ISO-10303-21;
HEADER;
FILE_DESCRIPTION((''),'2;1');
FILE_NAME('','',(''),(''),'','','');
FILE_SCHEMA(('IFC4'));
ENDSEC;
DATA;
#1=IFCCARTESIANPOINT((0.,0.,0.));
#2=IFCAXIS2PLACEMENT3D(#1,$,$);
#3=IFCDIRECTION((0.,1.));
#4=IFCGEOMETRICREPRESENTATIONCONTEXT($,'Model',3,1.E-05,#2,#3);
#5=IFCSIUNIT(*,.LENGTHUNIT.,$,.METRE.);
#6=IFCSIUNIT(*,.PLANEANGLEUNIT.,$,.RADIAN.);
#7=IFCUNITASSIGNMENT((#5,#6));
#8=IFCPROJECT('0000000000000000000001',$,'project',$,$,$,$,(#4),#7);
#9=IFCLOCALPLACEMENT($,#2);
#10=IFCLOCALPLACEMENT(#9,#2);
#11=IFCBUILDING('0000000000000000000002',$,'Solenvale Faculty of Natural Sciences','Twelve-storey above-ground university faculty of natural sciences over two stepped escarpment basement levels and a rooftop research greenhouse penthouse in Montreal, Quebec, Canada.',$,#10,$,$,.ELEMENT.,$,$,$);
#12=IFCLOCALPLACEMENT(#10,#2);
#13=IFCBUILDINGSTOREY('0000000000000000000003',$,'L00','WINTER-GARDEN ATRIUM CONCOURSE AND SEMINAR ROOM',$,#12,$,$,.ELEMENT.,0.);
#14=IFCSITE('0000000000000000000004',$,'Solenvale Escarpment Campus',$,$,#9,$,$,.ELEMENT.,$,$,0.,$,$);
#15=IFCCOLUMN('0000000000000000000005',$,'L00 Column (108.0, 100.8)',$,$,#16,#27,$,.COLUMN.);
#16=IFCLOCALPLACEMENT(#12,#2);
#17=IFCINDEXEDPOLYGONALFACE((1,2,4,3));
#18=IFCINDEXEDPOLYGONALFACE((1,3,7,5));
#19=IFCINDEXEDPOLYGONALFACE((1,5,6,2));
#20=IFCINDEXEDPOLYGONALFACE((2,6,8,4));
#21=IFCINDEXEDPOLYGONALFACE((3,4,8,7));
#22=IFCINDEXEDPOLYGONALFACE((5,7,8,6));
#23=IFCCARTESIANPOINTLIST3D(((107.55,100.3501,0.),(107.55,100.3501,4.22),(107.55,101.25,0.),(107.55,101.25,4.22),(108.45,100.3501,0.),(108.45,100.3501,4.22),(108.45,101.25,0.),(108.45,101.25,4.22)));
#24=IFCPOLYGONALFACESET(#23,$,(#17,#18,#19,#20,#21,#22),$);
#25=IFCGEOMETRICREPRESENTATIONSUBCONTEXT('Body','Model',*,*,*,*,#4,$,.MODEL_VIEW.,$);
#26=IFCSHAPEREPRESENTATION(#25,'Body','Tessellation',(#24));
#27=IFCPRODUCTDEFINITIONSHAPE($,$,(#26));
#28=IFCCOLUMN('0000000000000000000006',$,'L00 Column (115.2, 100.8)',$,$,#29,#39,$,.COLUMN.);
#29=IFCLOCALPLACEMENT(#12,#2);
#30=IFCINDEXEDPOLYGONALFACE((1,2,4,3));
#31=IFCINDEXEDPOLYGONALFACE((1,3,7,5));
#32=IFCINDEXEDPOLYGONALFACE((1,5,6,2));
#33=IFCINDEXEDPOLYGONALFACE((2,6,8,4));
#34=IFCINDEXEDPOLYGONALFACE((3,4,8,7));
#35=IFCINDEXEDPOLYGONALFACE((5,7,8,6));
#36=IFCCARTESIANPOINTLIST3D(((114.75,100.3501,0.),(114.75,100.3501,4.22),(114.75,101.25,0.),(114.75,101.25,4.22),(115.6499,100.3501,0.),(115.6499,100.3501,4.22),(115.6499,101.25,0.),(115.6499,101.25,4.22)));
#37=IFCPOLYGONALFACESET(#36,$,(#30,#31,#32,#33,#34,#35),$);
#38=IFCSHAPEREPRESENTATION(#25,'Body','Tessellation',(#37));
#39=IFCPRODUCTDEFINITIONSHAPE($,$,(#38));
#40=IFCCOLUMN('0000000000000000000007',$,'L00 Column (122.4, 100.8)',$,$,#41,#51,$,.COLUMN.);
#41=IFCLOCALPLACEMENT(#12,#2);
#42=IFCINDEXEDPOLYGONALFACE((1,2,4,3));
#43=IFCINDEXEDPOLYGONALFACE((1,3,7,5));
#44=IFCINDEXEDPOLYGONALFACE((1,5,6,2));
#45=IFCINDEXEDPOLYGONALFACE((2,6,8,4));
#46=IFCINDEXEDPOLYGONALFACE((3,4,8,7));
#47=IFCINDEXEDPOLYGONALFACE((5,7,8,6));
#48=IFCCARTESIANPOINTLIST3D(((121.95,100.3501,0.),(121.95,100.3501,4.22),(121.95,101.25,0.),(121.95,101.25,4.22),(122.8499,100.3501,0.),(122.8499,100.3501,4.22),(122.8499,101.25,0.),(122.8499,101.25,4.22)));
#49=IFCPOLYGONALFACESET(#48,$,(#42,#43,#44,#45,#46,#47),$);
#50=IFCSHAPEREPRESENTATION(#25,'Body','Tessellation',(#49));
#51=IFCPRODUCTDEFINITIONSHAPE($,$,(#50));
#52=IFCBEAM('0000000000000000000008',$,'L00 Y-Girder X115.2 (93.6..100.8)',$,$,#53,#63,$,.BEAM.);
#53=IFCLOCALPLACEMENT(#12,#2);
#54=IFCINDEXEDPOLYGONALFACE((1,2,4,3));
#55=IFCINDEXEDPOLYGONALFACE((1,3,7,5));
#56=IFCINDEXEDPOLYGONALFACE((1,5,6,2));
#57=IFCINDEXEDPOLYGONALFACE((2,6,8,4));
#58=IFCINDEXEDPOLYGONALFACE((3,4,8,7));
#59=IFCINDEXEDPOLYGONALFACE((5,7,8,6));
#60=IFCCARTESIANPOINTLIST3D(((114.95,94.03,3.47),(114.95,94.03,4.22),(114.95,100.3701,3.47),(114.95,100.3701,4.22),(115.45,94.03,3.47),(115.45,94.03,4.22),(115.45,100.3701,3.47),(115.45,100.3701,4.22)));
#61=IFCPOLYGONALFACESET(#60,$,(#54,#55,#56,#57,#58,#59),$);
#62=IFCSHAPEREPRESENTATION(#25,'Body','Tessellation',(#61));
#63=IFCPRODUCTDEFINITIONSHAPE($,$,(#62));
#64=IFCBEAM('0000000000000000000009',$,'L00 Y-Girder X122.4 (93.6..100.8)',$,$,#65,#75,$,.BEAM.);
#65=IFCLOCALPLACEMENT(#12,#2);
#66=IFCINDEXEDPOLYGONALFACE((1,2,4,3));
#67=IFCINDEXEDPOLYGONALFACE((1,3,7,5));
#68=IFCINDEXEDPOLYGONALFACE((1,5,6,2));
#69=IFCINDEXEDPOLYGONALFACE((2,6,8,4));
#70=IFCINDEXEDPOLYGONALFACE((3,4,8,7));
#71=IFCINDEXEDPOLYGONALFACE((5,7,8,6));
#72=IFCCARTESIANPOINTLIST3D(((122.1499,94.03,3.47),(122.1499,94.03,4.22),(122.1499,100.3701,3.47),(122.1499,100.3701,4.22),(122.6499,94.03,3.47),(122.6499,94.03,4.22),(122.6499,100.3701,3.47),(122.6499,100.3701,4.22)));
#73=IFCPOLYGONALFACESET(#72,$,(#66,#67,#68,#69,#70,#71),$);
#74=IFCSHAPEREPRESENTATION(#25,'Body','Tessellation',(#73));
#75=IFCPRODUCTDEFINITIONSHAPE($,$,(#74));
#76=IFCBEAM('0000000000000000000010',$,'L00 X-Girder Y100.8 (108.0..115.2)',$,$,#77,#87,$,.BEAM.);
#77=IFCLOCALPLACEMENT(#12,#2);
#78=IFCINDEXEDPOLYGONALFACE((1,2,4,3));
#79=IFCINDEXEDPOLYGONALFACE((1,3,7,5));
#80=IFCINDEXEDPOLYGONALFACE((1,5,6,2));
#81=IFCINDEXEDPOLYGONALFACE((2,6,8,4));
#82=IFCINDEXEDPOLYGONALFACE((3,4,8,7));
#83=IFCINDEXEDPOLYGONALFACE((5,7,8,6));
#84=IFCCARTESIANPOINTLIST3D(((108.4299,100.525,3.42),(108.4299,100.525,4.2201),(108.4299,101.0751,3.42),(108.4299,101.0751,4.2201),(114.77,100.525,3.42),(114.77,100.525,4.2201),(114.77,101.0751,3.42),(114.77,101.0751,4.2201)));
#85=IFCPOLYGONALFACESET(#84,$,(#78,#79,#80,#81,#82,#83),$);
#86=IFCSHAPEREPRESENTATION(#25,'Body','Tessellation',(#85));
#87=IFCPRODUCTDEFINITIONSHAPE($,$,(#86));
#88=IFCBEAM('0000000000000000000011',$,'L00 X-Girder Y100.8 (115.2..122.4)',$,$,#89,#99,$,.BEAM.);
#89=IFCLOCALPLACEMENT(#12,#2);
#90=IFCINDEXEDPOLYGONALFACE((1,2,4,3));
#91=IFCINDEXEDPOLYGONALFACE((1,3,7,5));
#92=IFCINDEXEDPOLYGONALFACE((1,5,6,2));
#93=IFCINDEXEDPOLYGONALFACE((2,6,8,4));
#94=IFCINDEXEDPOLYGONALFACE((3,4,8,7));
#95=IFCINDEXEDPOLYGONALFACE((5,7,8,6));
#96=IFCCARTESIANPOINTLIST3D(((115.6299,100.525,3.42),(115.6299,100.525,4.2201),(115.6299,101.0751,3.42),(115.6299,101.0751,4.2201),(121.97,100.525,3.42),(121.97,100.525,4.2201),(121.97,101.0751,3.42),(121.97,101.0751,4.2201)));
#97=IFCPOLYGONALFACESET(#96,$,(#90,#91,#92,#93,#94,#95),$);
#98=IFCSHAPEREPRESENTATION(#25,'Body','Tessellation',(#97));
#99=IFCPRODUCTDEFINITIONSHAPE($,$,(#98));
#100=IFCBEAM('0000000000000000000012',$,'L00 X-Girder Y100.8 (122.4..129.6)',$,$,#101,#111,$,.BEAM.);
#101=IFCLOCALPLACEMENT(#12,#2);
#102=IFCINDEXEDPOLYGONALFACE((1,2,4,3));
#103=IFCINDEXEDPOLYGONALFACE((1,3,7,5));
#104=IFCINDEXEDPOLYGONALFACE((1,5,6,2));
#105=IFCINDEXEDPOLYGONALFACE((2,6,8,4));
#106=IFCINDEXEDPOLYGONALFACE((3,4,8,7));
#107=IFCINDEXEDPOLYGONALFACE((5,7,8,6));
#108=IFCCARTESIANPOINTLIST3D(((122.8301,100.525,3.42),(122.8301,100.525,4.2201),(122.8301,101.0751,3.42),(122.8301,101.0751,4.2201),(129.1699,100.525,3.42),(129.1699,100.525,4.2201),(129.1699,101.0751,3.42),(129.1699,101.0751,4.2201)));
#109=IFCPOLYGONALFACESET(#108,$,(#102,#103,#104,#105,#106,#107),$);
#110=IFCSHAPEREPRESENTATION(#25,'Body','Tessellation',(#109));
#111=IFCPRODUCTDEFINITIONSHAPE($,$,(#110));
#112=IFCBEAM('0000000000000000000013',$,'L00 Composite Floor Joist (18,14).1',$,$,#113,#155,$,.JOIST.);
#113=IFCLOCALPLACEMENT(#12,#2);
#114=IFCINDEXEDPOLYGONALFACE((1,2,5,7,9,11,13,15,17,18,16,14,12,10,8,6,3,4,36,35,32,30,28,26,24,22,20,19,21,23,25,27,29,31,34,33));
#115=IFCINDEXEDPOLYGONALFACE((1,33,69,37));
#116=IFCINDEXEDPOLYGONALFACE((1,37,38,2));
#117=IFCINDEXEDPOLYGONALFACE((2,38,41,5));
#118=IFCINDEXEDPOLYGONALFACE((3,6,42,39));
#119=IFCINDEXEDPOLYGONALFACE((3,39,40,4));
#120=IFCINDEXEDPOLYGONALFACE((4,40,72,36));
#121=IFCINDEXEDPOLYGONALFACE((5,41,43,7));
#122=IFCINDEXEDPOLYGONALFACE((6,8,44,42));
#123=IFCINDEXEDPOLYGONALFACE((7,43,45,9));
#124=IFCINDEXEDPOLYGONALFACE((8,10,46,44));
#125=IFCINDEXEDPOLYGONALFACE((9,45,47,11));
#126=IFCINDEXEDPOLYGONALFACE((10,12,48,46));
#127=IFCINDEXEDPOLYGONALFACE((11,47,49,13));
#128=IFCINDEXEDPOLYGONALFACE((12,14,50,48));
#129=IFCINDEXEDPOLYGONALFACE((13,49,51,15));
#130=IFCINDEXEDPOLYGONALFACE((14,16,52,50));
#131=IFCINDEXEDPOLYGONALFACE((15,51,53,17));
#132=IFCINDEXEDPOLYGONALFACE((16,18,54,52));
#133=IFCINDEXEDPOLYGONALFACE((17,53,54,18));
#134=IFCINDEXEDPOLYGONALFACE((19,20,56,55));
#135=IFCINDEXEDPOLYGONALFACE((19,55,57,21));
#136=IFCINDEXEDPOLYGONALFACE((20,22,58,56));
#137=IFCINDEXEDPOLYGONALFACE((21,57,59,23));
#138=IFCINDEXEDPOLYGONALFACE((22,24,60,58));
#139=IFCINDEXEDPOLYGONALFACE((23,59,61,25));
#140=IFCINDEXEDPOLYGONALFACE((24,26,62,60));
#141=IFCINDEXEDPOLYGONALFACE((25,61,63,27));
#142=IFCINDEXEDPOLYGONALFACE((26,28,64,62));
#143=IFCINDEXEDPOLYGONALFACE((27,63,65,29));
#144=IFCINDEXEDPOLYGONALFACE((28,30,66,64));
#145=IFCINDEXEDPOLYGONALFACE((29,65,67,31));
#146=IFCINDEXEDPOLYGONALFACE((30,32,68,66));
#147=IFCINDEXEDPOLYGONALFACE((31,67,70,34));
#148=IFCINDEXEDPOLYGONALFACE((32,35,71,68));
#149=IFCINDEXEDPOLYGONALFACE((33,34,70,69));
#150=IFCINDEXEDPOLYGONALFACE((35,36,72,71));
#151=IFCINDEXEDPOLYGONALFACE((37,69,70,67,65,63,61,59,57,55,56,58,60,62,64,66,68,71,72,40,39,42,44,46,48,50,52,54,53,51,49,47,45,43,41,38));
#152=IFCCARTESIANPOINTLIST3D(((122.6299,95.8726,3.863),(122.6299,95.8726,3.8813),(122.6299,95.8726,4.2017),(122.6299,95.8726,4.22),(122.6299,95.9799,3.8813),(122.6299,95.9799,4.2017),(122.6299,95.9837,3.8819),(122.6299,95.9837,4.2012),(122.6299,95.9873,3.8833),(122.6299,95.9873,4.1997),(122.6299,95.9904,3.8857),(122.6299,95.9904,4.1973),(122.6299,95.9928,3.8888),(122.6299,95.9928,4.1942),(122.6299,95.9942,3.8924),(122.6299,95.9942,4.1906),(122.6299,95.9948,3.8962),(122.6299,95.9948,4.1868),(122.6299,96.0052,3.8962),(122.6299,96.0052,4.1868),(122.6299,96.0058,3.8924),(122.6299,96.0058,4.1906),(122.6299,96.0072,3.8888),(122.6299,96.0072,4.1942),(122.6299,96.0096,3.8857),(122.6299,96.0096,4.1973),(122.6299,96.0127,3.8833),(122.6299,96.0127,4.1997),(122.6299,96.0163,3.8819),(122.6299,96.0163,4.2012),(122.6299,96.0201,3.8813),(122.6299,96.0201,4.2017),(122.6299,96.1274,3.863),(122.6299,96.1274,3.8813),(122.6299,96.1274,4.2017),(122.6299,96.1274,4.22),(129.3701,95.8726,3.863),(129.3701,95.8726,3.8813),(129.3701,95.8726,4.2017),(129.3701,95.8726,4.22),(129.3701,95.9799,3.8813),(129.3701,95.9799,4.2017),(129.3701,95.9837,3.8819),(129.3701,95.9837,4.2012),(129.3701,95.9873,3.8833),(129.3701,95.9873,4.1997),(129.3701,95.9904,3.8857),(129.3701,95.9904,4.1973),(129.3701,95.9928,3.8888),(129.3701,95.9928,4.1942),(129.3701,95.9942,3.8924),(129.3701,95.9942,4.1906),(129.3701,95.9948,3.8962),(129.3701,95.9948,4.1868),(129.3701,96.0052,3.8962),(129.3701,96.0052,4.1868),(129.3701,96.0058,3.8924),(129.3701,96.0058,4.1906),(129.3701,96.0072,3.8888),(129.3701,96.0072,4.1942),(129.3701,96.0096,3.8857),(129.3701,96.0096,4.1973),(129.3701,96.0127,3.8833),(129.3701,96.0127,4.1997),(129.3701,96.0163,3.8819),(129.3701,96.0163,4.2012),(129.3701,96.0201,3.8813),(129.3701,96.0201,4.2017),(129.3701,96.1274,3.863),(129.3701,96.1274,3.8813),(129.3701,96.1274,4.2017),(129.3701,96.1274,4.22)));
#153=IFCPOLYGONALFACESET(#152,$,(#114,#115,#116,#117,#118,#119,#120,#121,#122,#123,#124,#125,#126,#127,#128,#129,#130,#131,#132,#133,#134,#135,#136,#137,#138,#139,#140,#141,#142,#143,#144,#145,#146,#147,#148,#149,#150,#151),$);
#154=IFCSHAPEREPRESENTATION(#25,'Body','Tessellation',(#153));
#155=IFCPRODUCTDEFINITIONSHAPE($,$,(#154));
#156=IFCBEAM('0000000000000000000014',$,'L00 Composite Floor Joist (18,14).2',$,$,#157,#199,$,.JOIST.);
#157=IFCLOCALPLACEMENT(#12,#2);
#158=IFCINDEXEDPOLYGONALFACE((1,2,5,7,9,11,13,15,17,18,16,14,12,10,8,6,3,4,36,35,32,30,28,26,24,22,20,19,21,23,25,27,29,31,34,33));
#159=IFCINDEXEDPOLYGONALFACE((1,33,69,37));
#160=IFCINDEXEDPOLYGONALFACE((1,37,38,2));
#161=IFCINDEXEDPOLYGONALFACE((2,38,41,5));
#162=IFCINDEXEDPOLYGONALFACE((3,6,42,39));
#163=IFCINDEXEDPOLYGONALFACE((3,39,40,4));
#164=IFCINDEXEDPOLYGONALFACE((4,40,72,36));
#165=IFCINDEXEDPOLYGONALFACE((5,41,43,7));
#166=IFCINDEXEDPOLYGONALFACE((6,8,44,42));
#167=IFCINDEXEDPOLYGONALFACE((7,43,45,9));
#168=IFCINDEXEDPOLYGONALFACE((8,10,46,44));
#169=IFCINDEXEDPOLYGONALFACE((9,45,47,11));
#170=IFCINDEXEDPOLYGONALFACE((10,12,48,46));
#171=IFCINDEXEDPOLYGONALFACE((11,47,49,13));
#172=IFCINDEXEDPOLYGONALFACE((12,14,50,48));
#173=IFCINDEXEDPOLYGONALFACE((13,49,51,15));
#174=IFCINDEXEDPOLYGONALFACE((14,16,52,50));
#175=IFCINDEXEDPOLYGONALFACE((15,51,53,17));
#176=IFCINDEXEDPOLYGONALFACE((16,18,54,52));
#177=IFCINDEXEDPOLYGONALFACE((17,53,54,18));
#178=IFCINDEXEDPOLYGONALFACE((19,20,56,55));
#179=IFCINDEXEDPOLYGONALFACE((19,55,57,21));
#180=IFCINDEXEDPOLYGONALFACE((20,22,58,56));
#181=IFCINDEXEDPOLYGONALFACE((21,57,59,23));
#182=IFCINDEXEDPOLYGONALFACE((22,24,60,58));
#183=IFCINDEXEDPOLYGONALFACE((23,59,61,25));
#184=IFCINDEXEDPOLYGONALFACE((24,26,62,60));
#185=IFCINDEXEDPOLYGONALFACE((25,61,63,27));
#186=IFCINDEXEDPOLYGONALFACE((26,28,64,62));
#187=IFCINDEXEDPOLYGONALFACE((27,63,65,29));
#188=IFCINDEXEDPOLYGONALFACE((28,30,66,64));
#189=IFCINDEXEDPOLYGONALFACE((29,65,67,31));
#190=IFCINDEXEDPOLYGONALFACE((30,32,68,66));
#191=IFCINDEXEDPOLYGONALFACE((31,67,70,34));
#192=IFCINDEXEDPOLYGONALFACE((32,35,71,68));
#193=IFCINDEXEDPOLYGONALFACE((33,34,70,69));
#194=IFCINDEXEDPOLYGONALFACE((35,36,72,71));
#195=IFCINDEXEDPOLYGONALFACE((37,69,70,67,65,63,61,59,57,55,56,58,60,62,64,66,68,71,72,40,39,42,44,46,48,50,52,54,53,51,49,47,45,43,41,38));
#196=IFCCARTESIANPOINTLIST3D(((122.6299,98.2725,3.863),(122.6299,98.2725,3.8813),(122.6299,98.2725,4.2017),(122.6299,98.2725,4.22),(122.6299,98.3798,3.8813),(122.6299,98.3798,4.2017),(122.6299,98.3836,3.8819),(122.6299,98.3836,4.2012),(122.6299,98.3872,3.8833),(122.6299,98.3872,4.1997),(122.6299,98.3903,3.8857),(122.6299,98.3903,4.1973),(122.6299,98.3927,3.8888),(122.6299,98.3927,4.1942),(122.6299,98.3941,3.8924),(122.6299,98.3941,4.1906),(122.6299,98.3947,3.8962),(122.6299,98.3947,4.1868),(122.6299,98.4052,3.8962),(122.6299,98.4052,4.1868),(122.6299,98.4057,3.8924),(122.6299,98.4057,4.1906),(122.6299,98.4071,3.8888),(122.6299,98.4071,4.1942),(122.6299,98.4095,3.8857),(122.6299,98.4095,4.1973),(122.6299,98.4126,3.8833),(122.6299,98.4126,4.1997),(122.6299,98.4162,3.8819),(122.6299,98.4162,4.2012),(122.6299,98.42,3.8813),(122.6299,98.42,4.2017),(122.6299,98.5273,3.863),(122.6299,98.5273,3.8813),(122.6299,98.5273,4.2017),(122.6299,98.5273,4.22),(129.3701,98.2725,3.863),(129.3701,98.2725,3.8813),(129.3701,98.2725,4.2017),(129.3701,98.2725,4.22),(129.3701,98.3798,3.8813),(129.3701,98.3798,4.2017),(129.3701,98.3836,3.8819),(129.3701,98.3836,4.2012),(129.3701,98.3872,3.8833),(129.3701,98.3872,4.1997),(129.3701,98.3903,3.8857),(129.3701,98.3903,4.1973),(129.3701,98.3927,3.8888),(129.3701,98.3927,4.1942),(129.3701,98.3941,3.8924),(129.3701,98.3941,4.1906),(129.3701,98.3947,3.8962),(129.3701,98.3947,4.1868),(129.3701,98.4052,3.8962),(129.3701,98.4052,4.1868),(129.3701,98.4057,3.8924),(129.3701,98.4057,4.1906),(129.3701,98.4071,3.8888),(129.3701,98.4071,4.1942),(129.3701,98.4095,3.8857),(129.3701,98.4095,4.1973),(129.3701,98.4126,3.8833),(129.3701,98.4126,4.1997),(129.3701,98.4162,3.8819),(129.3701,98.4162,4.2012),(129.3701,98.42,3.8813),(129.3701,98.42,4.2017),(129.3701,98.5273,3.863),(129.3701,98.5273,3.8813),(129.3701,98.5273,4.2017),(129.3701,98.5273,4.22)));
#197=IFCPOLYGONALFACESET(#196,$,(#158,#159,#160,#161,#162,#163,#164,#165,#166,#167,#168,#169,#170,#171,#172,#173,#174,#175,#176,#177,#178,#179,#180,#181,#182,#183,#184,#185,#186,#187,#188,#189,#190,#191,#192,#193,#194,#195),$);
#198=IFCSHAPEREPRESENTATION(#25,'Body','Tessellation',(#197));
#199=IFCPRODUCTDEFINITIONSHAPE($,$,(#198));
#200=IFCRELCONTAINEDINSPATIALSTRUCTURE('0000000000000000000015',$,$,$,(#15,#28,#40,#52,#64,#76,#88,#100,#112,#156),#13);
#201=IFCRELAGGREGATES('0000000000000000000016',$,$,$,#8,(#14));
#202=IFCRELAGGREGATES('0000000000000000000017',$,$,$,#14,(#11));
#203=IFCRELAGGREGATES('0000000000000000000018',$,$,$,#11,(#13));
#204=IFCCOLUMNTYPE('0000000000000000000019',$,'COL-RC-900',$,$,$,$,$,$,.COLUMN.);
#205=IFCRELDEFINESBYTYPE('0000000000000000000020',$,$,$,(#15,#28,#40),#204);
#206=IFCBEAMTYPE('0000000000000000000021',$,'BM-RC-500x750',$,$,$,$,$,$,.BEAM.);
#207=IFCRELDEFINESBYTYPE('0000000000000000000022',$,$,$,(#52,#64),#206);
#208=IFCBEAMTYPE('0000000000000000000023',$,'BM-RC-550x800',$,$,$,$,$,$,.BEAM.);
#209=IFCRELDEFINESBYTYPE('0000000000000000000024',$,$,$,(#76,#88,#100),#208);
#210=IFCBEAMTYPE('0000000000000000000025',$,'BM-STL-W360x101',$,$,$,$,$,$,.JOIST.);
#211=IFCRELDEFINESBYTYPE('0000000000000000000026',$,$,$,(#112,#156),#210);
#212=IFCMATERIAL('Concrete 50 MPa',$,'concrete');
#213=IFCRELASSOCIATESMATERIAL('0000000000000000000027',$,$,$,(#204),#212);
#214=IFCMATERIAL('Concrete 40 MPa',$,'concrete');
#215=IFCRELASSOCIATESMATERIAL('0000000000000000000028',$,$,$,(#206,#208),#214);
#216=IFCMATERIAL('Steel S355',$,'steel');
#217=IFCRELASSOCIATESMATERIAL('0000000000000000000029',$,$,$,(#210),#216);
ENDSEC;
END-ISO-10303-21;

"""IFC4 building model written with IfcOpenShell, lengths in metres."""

from ifc_helpers import new_model, si_unit, direction, frame, origin, origin_2d, place, context, subcontext, project, spatial, rectangle, i_section, extrude, material, material_profile, profile_set, type_object, element, save


model = new_model("IFC4")

# Units and contexts
model_context = context("Model", 3, precision=1e-05, world=origin(), true_north=direction((0.0, 1.0)))
body_context = subcontext(model_context, "Body", "Model", "MODEL_VIEW")
ifc_project = project(units=[si_unit("LENGTHUNIT", "METRE"), si_unit("PLANEANGLEUNIT", "RADIAN")], contexts=[model_context])

# Site, building, storey
site_placement = place(None, origin())
site = spatial("IfcSite", under=ifc_project, at=site_placement, Name="Solenvale Escarpment Campus", CompositionType="ELEMENT", RefElevation=0.0)
building_placement = place(site_placement, origin())
building = spatial("IfcBuilding", under=site, at=building_placement, Name="Solenvale Faculty of Natural Sciences", Description="Twelve-storey above-ground university faculty of natural sciences over two stepped escarpment basement levels and a rooftop research greenhouse penthouse in Montreal, Quebec, Canada.", CompositionType="ELEMENT")
storey_placement = place(building_placement, origin())
storey = spatial("IfcBuildingStorey", under=building, at=storey_placement, Name="L00", Description="WINTER-GARDEN ATRIUM CONCOURSE AND SEMINAR ROOM", CompositionType="ELEMENT", Elevation=0.0)

# Columns
ifc_material_1 = material(Name="Concrete 50 MPa", Category="concrete")
ifc_material_profile_1 = material_profile(ifc_material_1, rectangle(XDim=0.8999, YDim=0.8999, at=origin_2d()), Name="RC-COL-900x900")
ifc_profile_set_1 = profile_set([ifc_material_profile_1], Name="Concrete 50 MPa")
column_type = type_object("IfcColumnType", Name="COL-RC-900", PredefinedType="COLUMN", material=ifc_profile_set_1)
for number, where, z_axis, x_axis, name in (
    (1, (108.0, 100.8, 0.0), (0.0, 0.0, 1.0), (1.0, 0.0, 0.0), "L00 Column (108.0, 100.8)"),
    (2, (115.2, 100.8, 0.0), (0.0, 0.0, 1.0), (1.0, 0.0, 0.0), "L00 Column (115.2, 100.8)"),
    (3, (122.3999, 100.8, 0.0), (0.0, 0.0, 1.0), (1.0, 0.0, 0.0), "L00 Column (122.4, 100.8)"),
):
    element("IfcColumn", number, at=place(storey_placement, frame(where, z_axis=z_axis, x_axis=x_axis)), inside=storey, type_object=column_type, Name=name, PredefinedType="COLUMN", context=body_context, shape_type="SweptSolid", body=[
        extrude(rectangle(XDim=0.8999, YDim=0.8999, at=origin_2d()), origin(), (0.0, 0.0, 1.0), 4.22),
    ])

# Beams
ifc_material_2 = material(Name="Concrete 40 MPa", Category="concrete")
ifc_material_profile_2 = material_profile(ifc_material_2, rectangle(XDim=0.5, YDim=0.75, at=origin_2d()), Name="RC-BM-500x750")
ifc_profile_set_2 = profile_set([ifc_material_profile_2], Name="Concrete 40 MPa")
beam_type_1 = type_object("IfcBeamType", Name="BM-RC-500x750", PredefinedType="BEAM", material=ifc_profile_set_2)
for number, where, z_axis, x_axis, name in (
    (4, (115.2, 94.03, 3.845), (0.0, 1.0, 0.0), (-1.0, 0.0, 0.0), "L00 Y-Girder X115.2 (93.6..100.8)"),
    (5, (122.3999, 94.03, 3.845), (0.0, 1.0, 0.0), (-1.0, 0.0, 0.0), "L00 Y-Girder X122.4 (93.6..100.8)"),
):
    element("IfcBeam", number, at=place(storey_placement, frame(where, z_axis=z_axis, x_axis=x_axis)), inside=storey, type_object=beam_type_1, Name=name, PredefinedType="BEAM", context=body_context, shape_type="SweptSolid", body=[
        extrude(rectangle(XDim=0.5, YDim=0.75, at=origin_2d()), origin(), (0.0, 0.0, 1.0), 6.3401),
    ])
ifc_material_profile_3 = material_profile(ifc_material_2, rectangle(XDim=0.55, YDim=0.8, at=origin_2d()), Name="RC-BM-550x800")
ifc_profile_set_3 = profile_set([ifc_material_profile_3], Name="Concrete 40 MPa")
beam_type_2 = type_object("IfcBeamType", Name="BM-RC-550x800", PredefinedType="BEAM", material=ifc_profile_set_3)
for number, where, z_axis, x_axis, name in (
    (6, (108.4299, 100.8, 3.8201), (1.0, 0.0, 0.0), (0.0, 1.0, 0.0), "L00 X-Girder Y100.8 (108.0..115.2)"),
    (7, (115.6299, 100.8, 3.8201), (1.0, 0.0, 0.0), (0.0, 1.0, 0.0), "L00 X-Girder Y100.8 (115.2..122.4)"),
):
    element("IfcBeam", number, at=place(storey_placement, frame(where, z_axis=z_axis, x_axis=x_axis)), inside=storey, type_object=beam_type_2, Name=name, PredefinedType="BEAM", context=body_context, shape_type="SweptSolid", body=[
        extrude(rectangle(XDim=0.55, YDim=0.8, at=origin_2d()), origin(), (0.0, 0.0, 1.0), 6.3401),
    ])
beam_placement = place(storey_placement, frame((122.8301, 100.8, 3.8201), z_axis=(1.0, 0.0, 0.0), x_axis=(0.0, 1.0, 0.0)))
element("IfcBeam", 8, at=beam_placement, inside=storey, type_object=beam_type_2, Name="L00 X-Girder Y100.8 (122.4..129.6)", PredefinedType="BEAM", context=body_context, shape_type="SweptSolid", body=[
    extrude(rectangle(XDim=0.55, YDim=0.8, at=origin_2d()), origin(), (0.0, 0.0, 1.0), 6.3398),
])
ifc_material_3 = material(Name="Steel S355", Category="steel")
ifc_material_profile_4 = material_profile(ifc_material_3, i_section(OverallWidth=0.2549, OverallDepth=0.3569, WebThickness=0.0105, FlangeThickness=0.0183, FilletRadius=0.0149, at=origin_2d()), Name="W360x101")
ifc_profile_set_4 = profile_set([ifc_material_profile_4], Name="Steel S355")
beam_type_3 = type_object("IfcBeamType", Name="BM-STL-W360x101", PredefinedType="JOIST", material=ifc_profile_set_4)
for number, where, z_axis, x_axis, name in (
    (9, (122.6299, 96.0, 4.0415), (1.0, 0.0, 0.0), (0.0, 1.0, 0.0), "L00 Composite Floor Joist (18,14).1"),
    (10, (122.6299, 98.3999, 4.0415), (1.0, 0.0, 0.0), (0.0, 1.0, 0.0), "L00 Composite Floor Joist (18,14).2"),
):
    element("IfcBeam", number, at=place(storey_placement, frame(where, z_axis=z_axis, x_axis=x_axis)), inside=storey, type_object=beam_type_3, Name=name, PredefinedType="JOIST", context=body_context, shape_type="SweptSolid", body=[
        extrude(i_section(OverallWidth=0.2549, OverallDepth=0.3569, WebThickness=0.0105, FlangeThickness=0.0183, FilletRadius=0.0149, at=origin_2d()), origin(), (0.0, 0.0, 1.0), 6.7402),
    ])

save(model, "model.ifc")
